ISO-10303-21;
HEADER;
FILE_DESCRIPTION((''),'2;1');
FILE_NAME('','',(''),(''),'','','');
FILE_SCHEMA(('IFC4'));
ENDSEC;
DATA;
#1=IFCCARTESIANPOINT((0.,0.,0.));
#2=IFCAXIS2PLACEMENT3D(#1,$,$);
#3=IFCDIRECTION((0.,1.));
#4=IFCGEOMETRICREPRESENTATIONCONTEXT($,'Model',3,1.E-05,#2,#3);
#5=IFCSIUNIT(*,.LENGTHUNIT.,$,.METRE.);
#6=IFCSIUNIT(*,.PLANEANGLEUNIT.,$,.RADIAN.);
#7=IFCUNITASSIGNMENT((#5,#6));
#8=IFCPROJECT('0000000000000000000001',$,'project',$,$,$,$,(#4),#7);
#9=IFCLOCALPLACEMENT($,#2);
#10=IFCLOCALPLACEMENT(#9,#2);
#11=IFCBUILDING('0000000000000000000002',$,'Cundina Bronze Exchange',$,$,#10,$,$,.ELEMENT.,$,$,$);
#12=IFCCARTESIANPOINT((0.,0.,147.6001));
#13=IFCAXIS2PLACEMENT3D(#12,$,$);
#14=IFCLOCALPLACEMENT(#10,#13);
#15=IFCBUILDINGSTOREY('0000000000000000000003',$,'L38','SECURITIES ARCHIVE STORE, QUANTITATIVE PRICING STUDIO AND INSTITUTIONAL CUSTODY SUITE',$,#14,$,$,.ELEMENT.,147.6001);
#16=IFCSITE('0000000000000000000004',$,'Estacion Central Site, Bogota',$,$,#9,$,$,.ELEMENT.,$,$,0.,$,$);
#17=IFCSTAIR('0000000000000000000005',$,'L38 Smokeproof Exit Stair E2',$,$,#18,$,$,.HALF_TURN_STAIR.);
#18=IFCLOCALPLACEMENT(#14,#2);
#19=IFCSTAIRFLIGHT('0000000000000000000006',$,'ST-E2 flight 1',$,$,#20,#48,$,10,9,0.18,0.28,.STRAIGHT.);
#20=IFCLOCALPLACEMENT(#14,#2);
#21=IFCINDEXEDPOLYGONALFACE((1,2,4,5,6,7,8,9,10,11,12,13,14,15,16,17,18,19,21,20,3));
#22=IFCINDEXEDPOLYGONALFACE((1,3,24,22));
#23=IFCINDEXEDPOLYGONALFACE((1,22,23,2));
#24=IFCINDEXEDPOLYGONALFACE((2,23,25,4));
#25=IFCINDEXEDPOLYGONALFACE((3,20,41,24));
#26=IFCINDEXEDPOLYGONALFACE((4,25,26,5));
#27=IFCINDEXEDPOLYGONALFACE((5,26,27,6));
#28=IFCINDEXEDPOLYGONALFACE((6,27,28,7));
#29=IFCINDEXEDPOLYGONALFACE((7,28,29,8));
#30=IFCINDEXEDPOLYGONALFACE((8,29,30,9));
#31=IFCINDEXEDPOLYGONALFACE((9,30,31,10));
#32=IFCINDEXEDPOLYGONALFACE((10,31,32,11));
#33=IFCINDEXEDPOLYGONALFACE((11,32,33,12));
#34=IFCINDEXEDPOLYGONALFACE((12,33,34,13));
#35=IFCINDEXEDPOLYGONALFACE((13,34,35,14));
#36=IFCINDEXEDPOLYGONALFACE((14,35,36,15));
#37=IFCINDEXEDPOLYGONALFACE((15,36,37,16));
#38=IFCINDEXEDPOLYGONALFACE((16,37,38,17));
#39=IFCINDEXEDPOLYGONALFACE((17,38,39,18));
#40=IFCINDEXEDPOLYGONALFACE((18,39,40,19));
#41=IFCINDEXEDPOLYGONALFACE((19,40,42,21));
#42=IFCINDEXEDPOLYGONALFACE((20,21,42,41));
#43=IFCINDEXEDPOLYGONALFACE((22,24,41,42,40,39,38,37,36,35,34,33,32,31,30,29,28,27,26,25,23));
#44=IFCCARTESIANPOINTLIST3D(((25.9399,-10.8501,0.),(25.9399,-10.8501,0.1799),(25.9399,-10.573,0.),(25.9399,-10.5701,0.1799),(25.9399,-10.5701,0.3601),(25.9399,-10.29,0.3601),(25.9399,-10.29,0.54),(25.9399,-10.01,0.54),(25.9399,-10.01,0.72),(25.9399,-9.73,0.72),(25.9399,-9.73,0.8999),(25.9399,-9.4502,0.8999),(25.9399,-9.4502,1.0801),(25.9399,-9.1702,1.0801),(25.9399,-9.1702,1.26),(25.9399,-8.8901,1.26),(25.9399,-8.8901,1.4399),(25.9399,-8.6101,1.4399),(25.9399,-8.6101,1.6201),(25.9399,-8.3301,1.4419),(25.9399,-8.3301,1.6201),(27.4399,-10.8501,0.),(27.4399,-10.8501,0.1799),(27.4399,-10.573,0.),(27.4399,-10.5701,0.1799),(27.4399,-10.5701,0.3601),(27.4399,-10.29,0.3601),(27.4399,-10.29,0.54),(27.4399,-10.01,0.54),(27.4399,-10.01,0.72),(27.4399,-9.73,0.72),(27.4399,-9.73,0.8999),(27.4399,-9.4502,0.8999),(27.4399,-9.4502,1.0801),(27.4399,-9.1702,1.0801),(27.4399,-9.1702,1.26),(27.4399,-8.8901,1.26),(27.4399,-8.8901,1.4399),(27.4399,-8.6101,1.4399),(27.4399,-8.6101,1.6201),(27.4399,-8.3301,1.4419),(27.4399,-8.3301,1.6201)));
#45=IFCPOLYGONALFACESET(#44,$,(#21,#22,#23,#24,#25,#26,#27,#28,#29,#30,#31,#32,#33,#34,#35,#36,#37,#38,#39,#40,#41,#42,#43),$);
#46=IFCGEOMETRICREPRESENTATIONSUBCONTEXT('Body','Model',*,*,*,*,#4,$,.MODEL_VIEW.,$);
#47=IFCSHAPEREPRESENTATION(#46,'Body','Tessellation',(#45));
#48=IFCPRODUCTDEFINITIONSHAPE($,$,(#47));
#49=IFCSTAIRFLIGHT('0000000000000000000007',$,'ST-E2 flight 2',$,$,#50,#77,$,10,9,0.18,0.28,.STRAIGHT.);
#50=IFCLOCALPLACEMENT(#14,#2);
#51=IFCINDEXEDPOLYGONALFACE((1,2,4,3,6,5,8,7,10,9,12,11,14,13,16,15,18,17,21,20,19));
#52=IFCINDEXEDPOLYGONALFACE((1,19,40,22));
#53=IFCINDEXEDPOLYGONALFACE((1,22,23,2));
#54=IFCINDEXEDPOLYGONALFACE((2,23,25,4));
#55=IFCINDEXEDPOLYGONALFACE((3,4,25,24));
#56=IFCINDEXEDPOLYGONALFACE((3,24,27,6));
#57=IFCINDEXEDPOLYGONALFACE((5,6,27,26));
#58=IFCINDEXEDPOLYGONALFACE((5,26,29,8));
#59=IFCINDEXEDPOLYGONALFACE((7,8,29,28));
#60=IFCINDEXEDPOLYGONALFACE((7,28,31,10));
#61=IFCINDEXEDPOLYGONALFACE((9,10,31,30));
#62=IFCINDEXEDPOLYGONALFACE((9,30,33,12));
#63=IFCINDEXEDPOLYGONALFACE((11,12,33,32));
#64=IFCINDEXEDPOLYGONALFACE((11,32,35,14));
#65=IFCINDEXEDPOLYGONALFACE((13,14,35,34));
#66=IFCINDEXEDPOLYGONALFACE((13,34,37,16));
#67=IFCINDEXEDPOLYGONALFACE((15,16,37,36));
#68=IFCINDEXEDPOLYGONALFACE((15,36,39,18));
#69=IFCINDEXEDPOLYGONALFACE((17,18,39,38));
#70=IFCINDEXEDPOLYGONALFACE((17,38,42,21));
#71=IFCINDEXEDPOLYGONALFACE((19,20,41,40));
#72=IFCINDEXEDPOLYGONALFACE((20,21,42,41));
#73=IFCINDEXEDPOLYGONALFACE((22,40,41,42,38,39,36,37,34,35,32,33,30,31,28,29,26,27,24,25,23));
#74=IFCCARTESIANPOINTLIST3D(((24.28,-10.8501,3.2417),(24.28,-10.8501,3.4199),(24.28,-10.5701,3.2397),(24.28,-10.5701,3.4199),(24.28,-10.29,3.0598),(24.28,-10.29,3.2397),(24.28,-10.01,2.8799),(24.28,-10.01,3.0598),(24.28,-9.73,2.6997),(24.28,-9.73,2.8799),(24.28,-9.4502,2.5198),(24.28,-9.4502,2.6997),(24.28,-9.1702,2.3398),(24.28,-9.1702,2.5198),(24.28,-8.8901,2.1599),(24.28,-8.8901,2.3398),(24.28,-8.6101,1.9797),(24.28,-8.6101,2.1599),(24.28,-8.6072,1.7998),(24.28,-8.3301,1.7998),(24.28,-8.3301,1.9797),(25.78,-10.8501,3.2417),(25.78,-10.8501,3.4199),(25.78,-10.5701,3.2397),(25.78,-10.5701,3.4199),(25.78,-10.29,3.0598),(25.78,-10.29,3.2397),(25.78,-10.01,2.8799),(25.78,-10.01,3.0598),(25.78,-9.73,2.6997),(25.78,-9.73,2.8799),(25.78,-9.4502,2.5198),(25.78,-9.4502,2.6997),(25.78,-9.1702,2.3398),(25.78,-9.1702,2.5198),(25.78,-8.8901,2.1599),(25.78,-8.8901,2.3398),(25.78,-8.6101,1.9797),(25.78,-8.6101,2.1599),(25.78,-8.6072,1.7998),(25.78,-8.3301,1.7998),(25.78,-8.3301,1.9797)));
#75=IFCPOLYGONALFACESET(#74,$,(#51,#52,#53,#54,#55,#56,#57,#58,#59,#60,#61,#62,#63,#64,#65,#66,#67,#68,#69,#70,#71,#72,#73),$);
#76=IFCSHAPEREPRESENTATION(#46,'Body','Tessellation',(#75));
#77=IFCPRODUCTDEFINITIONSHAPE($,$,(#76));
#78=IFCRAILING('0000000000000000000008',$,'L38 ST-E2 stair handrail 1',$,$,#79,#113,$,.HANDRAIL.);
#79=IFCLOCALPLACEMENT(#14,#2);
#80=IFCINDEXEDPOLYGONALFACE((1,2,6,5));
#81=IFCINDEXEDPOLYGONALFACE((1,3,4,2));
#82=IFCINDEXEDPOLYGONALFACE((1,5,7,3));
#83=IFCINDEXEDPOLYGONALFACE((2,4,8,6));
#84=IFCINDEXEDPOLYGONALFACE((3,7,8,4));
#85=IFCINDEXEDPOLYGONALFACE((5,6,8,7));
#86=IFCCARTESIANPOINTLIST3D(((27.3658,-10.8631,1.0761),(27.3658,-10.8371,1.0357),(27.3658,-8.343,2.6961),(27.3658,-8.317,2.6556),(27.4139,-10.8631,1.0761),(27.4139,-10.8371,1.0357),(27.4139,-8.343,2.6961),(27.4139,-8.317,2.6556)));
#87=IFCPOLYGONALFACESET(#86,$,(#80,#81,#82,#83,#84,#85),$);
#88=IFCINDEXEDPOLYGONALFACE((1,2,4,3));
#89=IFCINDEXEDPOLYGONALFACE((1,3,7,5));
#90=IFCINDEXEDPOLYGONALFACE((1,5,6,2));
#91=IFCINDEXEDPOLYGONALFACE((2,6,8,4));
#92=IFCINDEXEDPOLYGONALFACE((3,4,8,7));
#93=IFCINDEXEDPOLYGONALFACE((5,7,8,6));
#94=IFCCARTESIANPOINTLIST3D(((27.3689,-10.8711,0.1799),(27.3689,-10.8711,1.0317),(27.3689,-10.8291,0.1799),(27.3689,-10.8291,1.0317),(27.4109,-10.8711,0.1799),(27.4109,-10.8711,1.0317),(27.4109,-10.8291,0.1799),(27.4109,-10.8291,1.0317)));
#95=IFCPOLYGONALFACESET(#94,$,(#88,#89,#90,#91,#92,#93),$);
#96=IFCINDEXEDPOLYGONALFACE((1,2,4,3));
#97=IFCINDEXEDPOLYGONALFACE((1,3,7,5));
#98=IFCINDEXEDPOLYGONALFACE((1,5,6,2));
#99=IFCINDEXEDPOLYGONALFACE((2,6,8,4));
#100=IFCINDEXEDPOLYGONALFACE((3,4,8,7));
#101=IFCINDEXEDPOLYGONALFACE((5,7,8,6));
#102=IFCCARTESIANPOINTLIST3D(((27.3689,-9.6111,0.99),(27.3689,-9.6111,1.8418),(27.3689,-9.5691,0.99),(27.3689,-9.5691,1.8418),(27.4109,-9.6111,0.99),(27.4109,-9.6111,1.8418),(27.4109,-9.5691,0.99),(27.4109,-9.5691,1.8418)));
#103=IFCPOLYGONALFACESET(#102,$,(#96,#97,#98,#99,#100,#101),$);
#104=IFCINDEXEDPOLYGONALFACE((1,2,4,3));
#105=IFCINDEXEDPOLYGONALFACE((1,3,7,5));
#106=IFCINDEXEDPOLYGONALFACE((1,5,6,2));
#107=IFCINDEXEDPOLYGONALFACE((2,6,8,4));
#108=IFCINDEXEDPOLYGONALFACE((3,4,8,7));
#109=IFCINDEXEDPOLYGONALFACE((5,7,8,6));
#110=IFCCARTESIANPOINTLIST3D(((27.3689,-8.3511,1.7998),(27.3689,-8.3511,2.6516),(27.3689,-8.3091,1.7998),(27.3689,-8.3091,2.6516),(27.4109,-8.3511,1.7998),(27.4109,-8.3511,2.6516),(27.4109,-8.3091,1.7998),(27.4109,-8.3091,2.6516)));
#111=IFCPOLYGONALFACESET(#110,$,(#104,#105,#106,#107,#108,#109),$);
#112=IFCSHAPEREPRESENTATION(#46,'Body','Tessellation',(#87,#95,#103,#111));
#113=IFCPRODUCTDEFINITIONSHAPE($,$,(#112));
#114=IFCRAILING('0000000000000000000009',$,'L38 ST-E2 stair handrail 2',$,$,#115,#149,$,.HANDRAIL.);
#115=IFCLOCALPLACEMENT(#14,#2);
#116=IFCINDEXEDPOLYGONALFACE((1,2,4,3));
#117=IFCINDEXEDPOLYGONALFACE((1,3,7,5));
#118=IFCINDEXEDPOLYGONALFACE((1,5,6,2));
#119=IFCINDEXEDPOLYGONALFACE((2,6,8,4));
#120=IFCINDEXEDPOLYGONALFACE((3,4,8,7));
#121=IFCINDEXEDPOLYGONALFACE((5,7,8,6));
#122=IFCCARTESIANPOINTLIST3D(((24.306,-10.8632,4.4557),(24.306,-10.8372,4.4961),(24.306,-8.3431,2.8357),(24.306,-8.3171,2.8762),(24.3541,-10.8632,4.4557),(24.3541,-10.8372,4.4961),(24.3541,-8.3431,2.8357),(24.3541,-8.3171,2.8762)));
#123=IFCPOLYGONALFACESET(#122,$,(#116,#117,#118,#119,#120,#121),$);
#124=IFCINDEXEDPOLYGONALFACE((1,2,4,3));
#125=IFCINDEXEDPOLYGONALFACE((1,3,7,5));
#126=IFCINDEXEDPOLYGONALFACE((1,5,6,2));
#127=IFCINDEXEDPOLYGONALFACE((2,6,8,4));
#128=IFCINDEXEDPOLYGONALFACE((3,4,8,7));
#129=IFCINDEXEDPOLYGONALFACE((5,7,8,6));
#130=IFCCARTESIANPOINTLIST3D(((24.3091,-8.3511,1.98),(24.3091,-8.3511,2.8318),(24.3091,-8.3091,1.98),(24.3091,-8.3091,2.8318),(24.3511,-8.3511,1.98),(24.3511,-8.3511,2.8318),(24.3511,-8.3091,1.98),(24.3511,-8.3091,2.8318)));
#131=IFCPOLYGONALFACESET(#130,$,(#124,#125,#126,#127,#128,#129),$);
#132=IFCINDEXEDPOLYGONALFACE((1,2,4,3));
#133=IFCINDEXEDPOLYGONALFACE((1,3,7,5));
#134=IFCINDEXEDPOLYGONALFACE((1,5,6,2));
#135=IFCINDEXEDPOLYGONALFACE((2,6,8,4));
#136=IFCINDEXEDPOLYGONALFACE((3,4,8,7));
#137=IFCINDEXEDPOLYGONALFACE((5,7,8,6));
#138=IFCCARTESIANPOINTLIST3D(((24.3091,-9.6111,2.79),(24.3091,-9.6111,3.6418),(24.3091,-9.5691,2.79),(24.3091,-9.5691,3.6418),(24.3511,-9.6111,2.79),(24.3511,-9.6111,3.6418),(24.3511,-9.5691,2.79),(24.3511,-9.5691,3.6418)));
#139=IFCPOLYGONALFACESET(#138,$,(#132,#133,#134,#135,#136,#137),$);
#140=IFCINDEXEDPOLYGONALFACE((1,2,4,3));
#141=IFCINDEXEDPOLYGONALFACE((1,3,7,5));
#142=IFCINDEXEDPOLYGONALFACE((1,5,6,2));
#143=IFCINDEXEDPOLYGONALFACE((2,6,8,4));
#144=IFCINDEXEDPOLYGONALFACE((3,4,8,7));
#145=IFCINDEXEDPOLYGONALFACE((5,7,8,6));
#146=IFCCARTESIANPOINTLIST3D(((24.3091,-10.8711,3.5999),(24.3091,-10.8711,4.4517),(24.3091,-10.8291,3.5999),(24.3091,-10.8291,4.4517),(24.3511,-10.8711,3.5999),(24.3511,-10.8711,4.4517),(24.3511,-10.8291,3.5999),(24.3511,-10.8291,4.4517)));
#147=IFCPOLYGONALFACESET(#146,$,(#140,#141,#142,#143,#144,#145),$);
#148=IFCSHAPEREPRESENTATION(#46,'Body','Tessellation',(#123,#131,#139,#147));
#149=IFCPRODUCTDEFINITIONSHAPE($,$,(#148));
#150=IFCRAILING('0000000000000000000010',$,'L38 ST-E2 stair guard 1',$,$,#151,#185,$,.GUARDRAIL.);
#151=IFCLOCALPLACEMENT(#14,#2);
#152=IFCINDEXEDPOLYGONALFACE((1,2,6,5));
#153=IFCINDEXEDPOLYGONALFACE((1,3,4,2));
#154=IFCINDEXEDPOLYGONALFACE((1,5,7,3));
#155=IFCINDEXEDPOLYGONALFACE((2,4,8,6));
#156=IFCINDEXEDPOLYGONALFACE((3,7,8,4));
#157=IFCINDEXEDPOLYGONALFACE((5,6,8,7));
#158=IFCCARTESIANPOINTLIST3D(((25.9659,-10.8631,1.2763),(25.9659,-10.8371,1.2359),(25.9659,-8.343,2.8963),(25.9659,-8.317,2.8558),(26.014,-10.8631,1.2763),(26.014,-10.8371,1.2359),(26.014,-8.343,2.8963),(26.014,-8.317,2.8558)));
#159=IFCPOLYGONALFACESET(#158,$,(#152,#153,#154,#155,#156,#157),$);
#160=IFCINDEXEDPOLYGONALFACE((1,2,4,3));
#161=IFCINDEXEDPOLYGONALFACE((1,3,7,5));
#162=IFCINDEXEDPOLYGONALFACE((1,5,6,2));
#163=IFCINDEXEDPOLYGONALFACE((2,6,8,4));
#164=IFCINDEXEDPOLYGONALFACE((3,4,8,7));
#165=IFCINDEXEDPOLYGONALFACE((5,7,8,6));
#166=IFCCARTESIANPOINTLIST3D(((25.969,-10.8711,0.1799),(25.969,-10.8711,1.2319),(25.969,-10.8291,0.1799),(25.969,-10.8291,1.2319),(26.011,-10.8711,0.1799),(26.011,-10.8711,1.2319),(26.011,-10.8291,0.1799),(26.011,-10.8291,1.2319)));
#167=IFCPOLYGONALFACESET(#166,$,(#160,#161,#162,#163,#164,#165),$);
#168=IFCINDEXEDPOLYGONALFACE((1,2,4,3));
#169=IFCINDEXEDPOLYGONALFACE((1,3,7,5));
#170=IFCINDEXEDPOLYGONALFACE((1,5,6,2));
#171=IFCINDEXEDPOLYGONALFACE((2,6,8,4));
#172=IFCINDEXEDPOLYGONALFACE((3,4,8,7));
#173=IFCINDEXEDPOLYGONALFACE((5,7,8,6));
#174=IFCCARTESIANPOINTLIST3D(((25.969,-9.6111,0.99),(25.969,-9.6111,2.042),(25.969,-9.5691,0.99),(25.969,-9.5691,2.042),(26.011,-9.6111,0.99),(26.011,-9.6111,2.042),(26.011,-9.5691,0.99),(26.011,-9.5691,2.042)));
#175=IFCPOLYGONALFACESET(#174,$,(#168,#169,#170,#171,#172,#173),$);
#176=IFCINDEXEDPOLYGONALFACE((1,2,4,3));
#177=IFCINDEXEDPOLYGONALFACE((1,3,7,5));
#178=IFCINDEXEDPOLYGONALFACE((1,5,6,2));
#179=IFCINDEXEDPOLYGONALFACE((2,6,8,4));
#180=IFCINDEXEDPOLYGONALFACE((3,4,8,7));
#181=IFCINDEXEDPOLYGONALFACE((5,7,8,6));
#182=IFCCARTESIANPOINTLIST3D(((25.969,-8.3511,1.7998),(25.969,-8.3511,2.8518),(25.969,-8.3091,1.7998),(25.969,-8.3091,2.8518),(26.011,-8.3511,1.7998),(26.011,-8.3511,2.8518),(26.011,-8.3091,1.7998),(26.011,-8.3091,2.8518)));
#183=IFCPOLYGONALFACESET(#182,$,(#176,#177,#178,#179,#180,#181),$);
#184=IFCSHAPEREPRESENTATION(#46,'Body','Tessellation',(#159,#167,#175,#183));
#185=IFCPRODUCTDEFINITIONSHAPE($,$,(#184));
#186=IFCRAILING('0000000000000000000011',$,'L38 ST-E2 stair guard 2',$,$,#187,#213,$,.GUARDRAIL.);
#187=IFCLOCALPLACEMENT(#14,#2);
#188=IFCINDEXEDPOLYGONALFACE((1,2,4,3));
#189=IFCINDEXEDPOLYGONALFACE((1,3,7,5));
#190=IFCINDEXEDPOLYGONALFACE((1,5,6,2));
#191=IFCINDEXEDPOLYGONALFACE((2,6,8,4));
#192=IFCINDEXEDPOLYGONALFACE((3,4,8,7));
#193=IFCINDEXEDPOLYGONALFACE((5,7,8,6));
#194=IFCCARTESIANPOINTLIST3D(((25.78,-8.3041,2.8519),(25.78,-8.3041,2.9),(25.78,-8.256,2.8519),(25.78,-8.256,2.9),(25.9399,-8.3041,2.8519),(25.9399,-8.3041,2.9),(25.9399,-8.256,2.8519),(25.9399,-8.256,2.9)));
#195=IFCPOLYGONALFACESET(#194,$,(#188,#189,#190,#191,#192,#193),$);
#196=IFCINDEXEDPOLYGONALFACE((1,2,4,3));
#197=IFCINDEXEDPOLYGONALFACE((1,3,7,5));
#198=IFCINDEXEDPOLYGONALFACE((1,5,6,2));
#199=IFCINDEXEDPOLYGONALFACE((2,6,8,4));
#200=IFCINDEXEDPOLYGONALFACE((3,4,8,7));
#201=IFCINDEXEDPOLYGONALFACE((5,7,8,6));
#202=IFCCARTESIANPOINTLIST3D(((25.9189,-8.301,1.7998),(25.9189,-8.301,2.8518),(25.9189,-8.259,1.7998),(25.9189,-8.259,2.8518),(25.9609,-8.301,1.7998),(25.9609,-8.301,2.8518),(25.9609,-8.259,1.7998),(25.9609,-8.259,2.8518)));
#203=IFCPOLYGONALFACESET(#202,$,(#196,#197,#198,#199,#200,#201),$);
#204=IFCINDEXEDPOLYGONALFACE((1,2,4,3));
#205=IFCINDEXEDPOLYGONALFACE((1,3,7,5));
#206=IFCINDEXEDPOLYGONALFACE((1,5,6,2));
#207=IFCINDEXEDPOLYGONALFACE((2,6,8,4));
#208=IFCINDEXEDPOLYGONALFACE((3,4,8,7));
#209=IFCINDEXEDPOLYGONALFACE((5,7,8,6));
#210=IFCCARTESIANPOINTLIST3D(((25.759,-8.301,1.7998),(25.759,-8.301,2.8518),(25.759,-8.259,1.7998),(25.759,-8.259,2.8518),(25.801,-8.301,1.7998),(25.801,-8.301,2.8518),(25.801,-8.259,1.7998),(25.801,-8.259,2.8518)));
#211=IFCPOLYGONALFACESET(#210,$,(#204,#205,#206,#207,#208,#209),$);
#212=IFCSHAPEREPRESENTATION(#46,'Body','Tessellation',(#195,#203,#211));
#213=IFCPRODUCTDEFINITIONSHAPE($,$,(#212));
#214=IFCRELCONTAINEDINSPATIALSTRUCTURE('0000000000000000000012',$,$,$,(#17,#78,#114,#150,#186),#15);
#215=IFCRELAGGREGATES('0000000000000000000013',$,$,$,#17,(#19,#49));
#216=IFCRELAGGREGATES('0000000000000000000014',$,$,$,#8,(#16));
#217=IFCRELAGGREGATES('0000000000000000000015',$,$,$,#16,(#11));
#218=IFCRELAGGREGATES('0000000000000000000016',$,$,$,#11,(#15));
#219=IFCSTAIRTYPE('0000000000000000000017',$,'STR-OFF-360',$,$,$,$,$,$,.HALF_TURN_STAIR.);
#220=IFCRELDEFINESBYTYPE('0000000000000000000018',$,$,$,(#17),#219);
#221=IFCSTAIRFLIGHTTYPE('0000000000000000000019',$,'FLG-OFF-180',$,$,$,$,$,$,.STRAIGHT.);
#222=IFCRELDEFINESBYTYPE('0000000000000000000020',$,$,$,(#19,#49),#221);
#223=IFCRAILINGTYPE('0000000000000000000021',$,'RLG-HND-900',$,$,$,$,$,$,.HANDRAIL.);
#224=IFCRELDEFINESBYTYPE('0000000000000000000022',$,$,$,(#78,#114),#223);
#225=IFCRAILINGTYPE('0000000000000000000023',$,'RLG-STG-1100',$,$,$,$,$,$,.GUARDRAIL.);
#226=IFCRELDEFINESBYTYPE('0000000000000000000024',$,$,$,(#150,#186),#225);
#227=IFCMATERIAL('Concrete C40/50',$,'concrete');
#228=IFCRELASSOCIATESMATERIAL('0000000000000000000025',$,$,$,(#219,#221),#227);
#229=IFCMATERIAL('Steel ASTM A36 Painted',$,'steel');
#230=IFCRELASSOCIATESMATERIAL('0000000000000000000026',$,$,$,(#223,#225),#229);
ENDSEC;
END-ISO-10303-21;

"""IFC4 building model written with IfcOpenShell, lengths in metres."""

from ifc_helpers import new_model, si_unit, direction, frame, origin, origin_2d, place, context, subcontext, project, spatial, polyline, rectangle, outline, extrude, material, type_object, element, aggregate, save


model = new_model("IFC4")

# Units and contexts
model_context = context("Model", 3, precision=1e-05, world=origin(), true_north=direction((0.0, 1.0)))
body_context = subcontext(model_context, "Body", "Model", "MODEL_VIEW")
ifc_project = project(units=[si_unit("LENGTHUNIT", "METRE"), si_unit("PLANEANGLEUNIT", "RADIAN")], contexts=[model_context])

# Site, building, storey
site_placement = place(None, origin())
site = spatial("IfcSite", under=ifc_project, at=site_placement, Name="Estacion Central Site, Bogota", CompositionType="ELEMENT", RefElevation=0.0)
building_placement = place(site_placement, origin())
building = spatial("IfcBuilding", under=site, at=building_placement, Name="Cundina Bronze Exchange", CompositionType="ELEMENT")
storey_placement = place(building_placement, frame((0.0, 0.0, 147.6001)))
storey = spatial("IfcBuildingStorey", under=building, at=storey_placement, Name="L38", Description="SECURITIES ARCHIVE STORE, QUANTITATIVE PRICING STUDIO AND INSTITUTIONAL CUSTODY SUITE", CompositionType="ELEMENT", Elevation=147.6001)

# Shared definitions
ifc_material_1 = material(Name="Steel ASTM A36 Painted", Category="steel")

# Stair, stair flights
ifc_material_2 = material(Name="Concrete C40/50", Category="concrete")
stair_type = type_object("IfcStairType", Name="STR-OFF-360", PredefinedType="HALF_TURN_STAIR", material=ifc_material_2)
stair_placement = place(storey_placement, origin())
stair = element("IfcStair", 1, at=stair_placement, inside=storey, type_object=stair_type, Name="L38 Smokeproof Exit Stair E2", PredefinedType="HALF_TURN_STAIR")
stair_flight_type = type_object("IfcStairFlightType", Name="FLG-OFF-180", PredefinedType="STRAIGHT", material=ifc_material_2)
stair_flight_1_placement = place(storey_placement, frame((26.6899, -10.8501, 0.0), z_axis=(0.0, 0.0, 1.0), x_axis=(0.0, 1.0, 0.0)))
stair_flight_1 = element("IfcStairFlight", 2, at=stair_flight_1_placement, type_object=stair_flight_type, Name="ST-E2 flight 1", NumberOfRisers=10, NumberOfTreads=9, PredefinedType="STRAIGHT", RiserHeight=0.18, TreadLength=0.28, context=body_context, shape_type="SweptSolid", body=[
    extrude(outline(polyline([(0.0, 0.0), (0.0, 0.1799), (0.28, 0.1799), (0.28, 0.3601), (0.5601, 0.3601), (0.5601, 0.54), (0.8401, 0.54), (0.8401, 0.72), (1.1201, 0.72), (1.1201, 0.8999), (1.3999, 0.8999), (1.3999, 1.0801), (1.6799, 1.0801), (1.6799, 1.26), (1.96, 1.26), (1.96, 1.4399), (2.24, 1.4399), (2.24, 1.6201), (2.52, 1.6201), (2.52, 1.8), (2.52, 1.4419), (0.2771, 0.0), (0.0, 0.0)])), frame((0.0, 0.75, 0.0), z_axis=(0.0, -1.0, 0.0), x_axis=(1.0, 0.0, 0.0)), (0.0, 0.0, 1.0), 1.5),
])
stair_flight_2_placement = place(storey_placement, frame((25.03, -8.3301, 1.7998), z_axis=(0.0, 0.0, 1.0), x_axis=(0.0, -1.0, 0.0)))
stair_flight_2 = element("IfcStairFlight", 3, at=stair_flight_2_placement, type_object=stair_flight_type, Name="ST-E2 flight 2", NumberOfRisers=10, NumberOfTreads=9, PredefinedType="STRAIGHT", RiserHeight=0.18, TreadLength=0.28, context=body_context, shape_type="SweptSolid", body=[
    extrude(outline(polyline([(0.0, 0.0), (0.0, 0.1799), (0.28, 0.1799), (0.28, 0.3601), (0.5601, 0.3601), (0.5601, 0.54), (0.8401, 0.54), (0.8401, 0.72), (1.1201, 0.72), (1.1201, 0.8999), (1.3999, 0.8999), (1.3999, 1.0801), (1.6799, 1.0801), (1.6799, 1.26), (1.96, 1.26), (1.96, 1.4399), (2.24, 1.4399), (2.24, 1.6201), (2.52, 1.6201), (2.52, 1.8), (2.52, 1.4419), (0.2771, 0.0), (0.0, 0.0)])), frame((0.0, 0.75, 0.0), z_axis=(0.0, -1.0, 0.0), x_axis=(1.0, 0.0, 0.0)), (0.0, 0.0, 1.0), 1.5),
])
aggregate(stair, [stair_flight_1, stair_flight_2])

# Railings
railing_type_1 = type_object("IfcRailingType", Name="RLG-HND-900", PredefinedType="HANDRAIL", material=ifc_material_1)
railing_1_placement = place(storey_placement, frame((27.3899, -10.8501, 0.1799)))
element("IfcRailing", 4, at=railing_1_placement, inside=storey, type_object=railing_type_1, Name="L38 ST-E2 stair handrail 1", PredefinedType="HANDRAIL", context=body_context, shape_type="SweptSolid", body=[
    extrude(rectangle(XDim=0.0481, YDim=0.0481, at=origin_2d()), frame((0.0, 0.0, 0.876), z_axis=(0.0, 0.8412, 0.540725), x_axis=(-1.0, 0.0, 0.0)), (0.0, 0.0, 1.0), 2.9958),
    extrude(rectangle(XDim=0.042, YDim=0.042, at=origin_2d()), origin(), (0.0, 0.0, 1.0), 0.8518),
    extrude(rectangle(XDim=0.042, YDim=0.042, at=origin_2d()), frame((0.0, 1.26, 0.8101)), (0.0, 0.0, 1.0), 0.8518),
    extrude(rectangle(XDim=0.042, YDim=0.042, at=origin_2d()), frame((0.0, 2.52, 1.6199)), (0.0, 0.0, 1.0), 0.8518),
])
railing_2_placement = place(storey_placement, frame((24.3301, -8.3301, 1.98)))
element("IfcRailing", 5, at=railing_2_placement, inside=storey, type_object=railing_type_1, Name="L38 ST-E2 stair handrail 2", PredefinedType="HANDRAIL", context=body_context, shape_type="SweptSolid", body=[
    extrude(rectangle(XDim=0.0481, YDim=0.0481, at=origin_2d()), frame((0.0, 0.0, 0.876), z_axis=(0.0, -0.8412, 0.540725), x_axis=(1.0, 0.0, 0.0)), (0.0, 0.0, 1.0), 2.9958),
    extrude(rectangle(XDim=0.042, YDim=0.042, at=origin_2d()), origin(), (0.0, 0.0, 1.0), 0.8518),
    extrude(rectangle(XDim=0.042, YDim=0.042, at=origin_2d()), frame((0.0, -1.26, 0.8101)), (0.0, 0.0, 1.0), 0.8518),
    extrude(rectangle(XDim=0.042, YDim=0.042, at=origin_2d()), frame((0.0, -2.52, 1.6199)), (0.0, 0.0, 1.0), 0.8518),
])
railing_type_2 = type_object("IfcRailingType", Name="RLG-STG-1100", PredefinedType="GUARDRAIL", material=ifc_material_1)
railing_3_placement = place(storey_placement, frame((25.99, -10.8501, 0.1799)))
element("IfcRailing", 6, at=railing_3_placement, inside=storey, type_object=railing_type_2, Name="L38 ST-E2 stair guard 1", PredefinedType="GUARDRAIL", context=body_context, shape_type="SweptSolid", body=[
    extrude(rectangle(XDim=0.0481, YDim=0.0481, at=origin_2d()), frame((0.0, 0.0, 1.0762), z_axis=(0.0, 0.8412, 0.540725), x_axis=(-1.0, 0.0, 0.0)), (0.0, 0.0, 1.0), 2.9958),
    extrude(rectangle(XDim=0.042, YDim=0.042, at=origin_2d()), origin(), (0.0, 0.0, 1.0), 1.052),
    extrude(rectangle(XDim=0.042, YDim=0.042, at=origin_2d()), frame((0.0, 1.26, 0.8101)), (0.0, 0.0, 1.0), 1.052),
    extrude(rectangle(XDim=0.042, YDim=0.042, at=origin_2d()), frame((0.0, 2.52, 1.6199)), (0.0, 0.0, 1.0), 1.052),
])
railing_4_placement = place(storey_placement, frame((25.9399, -8.28, 1.7998)))
element("IfcRailing", 7, at=railing_4_placement, inside=storey, type_object=railing_type_2, Name="L38 ST-E2 stair guard 2", PredefinedType="GUARDRAIL", context=body_context, shape_type="SweptSolid", body=[
    extrude(rectangle(XDim=0.0481, YDim=0.0481, at=origin_2d()), frame((0.0, 0.0, 1.0762), z_axis=(-1.0, 0.0, 0.0), x_axis=(0.0, -1.0, 0.0)), (0.0, 0.0, 1.0), 0.1599),
    extrude(rectangle(XDim=0.042, YDim=0.042, at=origin_2d()), origin(), (0.0, 0.0, 1.0), 1.052),
    extrude(rectangle(XDim=0.042, YDim=0.042, at=origin_2d()), frame((-0.1599, 0.0, 0.0)), (0.0, 0.0, 1.0), 1.052),
])

save(model, "model.ifc")
